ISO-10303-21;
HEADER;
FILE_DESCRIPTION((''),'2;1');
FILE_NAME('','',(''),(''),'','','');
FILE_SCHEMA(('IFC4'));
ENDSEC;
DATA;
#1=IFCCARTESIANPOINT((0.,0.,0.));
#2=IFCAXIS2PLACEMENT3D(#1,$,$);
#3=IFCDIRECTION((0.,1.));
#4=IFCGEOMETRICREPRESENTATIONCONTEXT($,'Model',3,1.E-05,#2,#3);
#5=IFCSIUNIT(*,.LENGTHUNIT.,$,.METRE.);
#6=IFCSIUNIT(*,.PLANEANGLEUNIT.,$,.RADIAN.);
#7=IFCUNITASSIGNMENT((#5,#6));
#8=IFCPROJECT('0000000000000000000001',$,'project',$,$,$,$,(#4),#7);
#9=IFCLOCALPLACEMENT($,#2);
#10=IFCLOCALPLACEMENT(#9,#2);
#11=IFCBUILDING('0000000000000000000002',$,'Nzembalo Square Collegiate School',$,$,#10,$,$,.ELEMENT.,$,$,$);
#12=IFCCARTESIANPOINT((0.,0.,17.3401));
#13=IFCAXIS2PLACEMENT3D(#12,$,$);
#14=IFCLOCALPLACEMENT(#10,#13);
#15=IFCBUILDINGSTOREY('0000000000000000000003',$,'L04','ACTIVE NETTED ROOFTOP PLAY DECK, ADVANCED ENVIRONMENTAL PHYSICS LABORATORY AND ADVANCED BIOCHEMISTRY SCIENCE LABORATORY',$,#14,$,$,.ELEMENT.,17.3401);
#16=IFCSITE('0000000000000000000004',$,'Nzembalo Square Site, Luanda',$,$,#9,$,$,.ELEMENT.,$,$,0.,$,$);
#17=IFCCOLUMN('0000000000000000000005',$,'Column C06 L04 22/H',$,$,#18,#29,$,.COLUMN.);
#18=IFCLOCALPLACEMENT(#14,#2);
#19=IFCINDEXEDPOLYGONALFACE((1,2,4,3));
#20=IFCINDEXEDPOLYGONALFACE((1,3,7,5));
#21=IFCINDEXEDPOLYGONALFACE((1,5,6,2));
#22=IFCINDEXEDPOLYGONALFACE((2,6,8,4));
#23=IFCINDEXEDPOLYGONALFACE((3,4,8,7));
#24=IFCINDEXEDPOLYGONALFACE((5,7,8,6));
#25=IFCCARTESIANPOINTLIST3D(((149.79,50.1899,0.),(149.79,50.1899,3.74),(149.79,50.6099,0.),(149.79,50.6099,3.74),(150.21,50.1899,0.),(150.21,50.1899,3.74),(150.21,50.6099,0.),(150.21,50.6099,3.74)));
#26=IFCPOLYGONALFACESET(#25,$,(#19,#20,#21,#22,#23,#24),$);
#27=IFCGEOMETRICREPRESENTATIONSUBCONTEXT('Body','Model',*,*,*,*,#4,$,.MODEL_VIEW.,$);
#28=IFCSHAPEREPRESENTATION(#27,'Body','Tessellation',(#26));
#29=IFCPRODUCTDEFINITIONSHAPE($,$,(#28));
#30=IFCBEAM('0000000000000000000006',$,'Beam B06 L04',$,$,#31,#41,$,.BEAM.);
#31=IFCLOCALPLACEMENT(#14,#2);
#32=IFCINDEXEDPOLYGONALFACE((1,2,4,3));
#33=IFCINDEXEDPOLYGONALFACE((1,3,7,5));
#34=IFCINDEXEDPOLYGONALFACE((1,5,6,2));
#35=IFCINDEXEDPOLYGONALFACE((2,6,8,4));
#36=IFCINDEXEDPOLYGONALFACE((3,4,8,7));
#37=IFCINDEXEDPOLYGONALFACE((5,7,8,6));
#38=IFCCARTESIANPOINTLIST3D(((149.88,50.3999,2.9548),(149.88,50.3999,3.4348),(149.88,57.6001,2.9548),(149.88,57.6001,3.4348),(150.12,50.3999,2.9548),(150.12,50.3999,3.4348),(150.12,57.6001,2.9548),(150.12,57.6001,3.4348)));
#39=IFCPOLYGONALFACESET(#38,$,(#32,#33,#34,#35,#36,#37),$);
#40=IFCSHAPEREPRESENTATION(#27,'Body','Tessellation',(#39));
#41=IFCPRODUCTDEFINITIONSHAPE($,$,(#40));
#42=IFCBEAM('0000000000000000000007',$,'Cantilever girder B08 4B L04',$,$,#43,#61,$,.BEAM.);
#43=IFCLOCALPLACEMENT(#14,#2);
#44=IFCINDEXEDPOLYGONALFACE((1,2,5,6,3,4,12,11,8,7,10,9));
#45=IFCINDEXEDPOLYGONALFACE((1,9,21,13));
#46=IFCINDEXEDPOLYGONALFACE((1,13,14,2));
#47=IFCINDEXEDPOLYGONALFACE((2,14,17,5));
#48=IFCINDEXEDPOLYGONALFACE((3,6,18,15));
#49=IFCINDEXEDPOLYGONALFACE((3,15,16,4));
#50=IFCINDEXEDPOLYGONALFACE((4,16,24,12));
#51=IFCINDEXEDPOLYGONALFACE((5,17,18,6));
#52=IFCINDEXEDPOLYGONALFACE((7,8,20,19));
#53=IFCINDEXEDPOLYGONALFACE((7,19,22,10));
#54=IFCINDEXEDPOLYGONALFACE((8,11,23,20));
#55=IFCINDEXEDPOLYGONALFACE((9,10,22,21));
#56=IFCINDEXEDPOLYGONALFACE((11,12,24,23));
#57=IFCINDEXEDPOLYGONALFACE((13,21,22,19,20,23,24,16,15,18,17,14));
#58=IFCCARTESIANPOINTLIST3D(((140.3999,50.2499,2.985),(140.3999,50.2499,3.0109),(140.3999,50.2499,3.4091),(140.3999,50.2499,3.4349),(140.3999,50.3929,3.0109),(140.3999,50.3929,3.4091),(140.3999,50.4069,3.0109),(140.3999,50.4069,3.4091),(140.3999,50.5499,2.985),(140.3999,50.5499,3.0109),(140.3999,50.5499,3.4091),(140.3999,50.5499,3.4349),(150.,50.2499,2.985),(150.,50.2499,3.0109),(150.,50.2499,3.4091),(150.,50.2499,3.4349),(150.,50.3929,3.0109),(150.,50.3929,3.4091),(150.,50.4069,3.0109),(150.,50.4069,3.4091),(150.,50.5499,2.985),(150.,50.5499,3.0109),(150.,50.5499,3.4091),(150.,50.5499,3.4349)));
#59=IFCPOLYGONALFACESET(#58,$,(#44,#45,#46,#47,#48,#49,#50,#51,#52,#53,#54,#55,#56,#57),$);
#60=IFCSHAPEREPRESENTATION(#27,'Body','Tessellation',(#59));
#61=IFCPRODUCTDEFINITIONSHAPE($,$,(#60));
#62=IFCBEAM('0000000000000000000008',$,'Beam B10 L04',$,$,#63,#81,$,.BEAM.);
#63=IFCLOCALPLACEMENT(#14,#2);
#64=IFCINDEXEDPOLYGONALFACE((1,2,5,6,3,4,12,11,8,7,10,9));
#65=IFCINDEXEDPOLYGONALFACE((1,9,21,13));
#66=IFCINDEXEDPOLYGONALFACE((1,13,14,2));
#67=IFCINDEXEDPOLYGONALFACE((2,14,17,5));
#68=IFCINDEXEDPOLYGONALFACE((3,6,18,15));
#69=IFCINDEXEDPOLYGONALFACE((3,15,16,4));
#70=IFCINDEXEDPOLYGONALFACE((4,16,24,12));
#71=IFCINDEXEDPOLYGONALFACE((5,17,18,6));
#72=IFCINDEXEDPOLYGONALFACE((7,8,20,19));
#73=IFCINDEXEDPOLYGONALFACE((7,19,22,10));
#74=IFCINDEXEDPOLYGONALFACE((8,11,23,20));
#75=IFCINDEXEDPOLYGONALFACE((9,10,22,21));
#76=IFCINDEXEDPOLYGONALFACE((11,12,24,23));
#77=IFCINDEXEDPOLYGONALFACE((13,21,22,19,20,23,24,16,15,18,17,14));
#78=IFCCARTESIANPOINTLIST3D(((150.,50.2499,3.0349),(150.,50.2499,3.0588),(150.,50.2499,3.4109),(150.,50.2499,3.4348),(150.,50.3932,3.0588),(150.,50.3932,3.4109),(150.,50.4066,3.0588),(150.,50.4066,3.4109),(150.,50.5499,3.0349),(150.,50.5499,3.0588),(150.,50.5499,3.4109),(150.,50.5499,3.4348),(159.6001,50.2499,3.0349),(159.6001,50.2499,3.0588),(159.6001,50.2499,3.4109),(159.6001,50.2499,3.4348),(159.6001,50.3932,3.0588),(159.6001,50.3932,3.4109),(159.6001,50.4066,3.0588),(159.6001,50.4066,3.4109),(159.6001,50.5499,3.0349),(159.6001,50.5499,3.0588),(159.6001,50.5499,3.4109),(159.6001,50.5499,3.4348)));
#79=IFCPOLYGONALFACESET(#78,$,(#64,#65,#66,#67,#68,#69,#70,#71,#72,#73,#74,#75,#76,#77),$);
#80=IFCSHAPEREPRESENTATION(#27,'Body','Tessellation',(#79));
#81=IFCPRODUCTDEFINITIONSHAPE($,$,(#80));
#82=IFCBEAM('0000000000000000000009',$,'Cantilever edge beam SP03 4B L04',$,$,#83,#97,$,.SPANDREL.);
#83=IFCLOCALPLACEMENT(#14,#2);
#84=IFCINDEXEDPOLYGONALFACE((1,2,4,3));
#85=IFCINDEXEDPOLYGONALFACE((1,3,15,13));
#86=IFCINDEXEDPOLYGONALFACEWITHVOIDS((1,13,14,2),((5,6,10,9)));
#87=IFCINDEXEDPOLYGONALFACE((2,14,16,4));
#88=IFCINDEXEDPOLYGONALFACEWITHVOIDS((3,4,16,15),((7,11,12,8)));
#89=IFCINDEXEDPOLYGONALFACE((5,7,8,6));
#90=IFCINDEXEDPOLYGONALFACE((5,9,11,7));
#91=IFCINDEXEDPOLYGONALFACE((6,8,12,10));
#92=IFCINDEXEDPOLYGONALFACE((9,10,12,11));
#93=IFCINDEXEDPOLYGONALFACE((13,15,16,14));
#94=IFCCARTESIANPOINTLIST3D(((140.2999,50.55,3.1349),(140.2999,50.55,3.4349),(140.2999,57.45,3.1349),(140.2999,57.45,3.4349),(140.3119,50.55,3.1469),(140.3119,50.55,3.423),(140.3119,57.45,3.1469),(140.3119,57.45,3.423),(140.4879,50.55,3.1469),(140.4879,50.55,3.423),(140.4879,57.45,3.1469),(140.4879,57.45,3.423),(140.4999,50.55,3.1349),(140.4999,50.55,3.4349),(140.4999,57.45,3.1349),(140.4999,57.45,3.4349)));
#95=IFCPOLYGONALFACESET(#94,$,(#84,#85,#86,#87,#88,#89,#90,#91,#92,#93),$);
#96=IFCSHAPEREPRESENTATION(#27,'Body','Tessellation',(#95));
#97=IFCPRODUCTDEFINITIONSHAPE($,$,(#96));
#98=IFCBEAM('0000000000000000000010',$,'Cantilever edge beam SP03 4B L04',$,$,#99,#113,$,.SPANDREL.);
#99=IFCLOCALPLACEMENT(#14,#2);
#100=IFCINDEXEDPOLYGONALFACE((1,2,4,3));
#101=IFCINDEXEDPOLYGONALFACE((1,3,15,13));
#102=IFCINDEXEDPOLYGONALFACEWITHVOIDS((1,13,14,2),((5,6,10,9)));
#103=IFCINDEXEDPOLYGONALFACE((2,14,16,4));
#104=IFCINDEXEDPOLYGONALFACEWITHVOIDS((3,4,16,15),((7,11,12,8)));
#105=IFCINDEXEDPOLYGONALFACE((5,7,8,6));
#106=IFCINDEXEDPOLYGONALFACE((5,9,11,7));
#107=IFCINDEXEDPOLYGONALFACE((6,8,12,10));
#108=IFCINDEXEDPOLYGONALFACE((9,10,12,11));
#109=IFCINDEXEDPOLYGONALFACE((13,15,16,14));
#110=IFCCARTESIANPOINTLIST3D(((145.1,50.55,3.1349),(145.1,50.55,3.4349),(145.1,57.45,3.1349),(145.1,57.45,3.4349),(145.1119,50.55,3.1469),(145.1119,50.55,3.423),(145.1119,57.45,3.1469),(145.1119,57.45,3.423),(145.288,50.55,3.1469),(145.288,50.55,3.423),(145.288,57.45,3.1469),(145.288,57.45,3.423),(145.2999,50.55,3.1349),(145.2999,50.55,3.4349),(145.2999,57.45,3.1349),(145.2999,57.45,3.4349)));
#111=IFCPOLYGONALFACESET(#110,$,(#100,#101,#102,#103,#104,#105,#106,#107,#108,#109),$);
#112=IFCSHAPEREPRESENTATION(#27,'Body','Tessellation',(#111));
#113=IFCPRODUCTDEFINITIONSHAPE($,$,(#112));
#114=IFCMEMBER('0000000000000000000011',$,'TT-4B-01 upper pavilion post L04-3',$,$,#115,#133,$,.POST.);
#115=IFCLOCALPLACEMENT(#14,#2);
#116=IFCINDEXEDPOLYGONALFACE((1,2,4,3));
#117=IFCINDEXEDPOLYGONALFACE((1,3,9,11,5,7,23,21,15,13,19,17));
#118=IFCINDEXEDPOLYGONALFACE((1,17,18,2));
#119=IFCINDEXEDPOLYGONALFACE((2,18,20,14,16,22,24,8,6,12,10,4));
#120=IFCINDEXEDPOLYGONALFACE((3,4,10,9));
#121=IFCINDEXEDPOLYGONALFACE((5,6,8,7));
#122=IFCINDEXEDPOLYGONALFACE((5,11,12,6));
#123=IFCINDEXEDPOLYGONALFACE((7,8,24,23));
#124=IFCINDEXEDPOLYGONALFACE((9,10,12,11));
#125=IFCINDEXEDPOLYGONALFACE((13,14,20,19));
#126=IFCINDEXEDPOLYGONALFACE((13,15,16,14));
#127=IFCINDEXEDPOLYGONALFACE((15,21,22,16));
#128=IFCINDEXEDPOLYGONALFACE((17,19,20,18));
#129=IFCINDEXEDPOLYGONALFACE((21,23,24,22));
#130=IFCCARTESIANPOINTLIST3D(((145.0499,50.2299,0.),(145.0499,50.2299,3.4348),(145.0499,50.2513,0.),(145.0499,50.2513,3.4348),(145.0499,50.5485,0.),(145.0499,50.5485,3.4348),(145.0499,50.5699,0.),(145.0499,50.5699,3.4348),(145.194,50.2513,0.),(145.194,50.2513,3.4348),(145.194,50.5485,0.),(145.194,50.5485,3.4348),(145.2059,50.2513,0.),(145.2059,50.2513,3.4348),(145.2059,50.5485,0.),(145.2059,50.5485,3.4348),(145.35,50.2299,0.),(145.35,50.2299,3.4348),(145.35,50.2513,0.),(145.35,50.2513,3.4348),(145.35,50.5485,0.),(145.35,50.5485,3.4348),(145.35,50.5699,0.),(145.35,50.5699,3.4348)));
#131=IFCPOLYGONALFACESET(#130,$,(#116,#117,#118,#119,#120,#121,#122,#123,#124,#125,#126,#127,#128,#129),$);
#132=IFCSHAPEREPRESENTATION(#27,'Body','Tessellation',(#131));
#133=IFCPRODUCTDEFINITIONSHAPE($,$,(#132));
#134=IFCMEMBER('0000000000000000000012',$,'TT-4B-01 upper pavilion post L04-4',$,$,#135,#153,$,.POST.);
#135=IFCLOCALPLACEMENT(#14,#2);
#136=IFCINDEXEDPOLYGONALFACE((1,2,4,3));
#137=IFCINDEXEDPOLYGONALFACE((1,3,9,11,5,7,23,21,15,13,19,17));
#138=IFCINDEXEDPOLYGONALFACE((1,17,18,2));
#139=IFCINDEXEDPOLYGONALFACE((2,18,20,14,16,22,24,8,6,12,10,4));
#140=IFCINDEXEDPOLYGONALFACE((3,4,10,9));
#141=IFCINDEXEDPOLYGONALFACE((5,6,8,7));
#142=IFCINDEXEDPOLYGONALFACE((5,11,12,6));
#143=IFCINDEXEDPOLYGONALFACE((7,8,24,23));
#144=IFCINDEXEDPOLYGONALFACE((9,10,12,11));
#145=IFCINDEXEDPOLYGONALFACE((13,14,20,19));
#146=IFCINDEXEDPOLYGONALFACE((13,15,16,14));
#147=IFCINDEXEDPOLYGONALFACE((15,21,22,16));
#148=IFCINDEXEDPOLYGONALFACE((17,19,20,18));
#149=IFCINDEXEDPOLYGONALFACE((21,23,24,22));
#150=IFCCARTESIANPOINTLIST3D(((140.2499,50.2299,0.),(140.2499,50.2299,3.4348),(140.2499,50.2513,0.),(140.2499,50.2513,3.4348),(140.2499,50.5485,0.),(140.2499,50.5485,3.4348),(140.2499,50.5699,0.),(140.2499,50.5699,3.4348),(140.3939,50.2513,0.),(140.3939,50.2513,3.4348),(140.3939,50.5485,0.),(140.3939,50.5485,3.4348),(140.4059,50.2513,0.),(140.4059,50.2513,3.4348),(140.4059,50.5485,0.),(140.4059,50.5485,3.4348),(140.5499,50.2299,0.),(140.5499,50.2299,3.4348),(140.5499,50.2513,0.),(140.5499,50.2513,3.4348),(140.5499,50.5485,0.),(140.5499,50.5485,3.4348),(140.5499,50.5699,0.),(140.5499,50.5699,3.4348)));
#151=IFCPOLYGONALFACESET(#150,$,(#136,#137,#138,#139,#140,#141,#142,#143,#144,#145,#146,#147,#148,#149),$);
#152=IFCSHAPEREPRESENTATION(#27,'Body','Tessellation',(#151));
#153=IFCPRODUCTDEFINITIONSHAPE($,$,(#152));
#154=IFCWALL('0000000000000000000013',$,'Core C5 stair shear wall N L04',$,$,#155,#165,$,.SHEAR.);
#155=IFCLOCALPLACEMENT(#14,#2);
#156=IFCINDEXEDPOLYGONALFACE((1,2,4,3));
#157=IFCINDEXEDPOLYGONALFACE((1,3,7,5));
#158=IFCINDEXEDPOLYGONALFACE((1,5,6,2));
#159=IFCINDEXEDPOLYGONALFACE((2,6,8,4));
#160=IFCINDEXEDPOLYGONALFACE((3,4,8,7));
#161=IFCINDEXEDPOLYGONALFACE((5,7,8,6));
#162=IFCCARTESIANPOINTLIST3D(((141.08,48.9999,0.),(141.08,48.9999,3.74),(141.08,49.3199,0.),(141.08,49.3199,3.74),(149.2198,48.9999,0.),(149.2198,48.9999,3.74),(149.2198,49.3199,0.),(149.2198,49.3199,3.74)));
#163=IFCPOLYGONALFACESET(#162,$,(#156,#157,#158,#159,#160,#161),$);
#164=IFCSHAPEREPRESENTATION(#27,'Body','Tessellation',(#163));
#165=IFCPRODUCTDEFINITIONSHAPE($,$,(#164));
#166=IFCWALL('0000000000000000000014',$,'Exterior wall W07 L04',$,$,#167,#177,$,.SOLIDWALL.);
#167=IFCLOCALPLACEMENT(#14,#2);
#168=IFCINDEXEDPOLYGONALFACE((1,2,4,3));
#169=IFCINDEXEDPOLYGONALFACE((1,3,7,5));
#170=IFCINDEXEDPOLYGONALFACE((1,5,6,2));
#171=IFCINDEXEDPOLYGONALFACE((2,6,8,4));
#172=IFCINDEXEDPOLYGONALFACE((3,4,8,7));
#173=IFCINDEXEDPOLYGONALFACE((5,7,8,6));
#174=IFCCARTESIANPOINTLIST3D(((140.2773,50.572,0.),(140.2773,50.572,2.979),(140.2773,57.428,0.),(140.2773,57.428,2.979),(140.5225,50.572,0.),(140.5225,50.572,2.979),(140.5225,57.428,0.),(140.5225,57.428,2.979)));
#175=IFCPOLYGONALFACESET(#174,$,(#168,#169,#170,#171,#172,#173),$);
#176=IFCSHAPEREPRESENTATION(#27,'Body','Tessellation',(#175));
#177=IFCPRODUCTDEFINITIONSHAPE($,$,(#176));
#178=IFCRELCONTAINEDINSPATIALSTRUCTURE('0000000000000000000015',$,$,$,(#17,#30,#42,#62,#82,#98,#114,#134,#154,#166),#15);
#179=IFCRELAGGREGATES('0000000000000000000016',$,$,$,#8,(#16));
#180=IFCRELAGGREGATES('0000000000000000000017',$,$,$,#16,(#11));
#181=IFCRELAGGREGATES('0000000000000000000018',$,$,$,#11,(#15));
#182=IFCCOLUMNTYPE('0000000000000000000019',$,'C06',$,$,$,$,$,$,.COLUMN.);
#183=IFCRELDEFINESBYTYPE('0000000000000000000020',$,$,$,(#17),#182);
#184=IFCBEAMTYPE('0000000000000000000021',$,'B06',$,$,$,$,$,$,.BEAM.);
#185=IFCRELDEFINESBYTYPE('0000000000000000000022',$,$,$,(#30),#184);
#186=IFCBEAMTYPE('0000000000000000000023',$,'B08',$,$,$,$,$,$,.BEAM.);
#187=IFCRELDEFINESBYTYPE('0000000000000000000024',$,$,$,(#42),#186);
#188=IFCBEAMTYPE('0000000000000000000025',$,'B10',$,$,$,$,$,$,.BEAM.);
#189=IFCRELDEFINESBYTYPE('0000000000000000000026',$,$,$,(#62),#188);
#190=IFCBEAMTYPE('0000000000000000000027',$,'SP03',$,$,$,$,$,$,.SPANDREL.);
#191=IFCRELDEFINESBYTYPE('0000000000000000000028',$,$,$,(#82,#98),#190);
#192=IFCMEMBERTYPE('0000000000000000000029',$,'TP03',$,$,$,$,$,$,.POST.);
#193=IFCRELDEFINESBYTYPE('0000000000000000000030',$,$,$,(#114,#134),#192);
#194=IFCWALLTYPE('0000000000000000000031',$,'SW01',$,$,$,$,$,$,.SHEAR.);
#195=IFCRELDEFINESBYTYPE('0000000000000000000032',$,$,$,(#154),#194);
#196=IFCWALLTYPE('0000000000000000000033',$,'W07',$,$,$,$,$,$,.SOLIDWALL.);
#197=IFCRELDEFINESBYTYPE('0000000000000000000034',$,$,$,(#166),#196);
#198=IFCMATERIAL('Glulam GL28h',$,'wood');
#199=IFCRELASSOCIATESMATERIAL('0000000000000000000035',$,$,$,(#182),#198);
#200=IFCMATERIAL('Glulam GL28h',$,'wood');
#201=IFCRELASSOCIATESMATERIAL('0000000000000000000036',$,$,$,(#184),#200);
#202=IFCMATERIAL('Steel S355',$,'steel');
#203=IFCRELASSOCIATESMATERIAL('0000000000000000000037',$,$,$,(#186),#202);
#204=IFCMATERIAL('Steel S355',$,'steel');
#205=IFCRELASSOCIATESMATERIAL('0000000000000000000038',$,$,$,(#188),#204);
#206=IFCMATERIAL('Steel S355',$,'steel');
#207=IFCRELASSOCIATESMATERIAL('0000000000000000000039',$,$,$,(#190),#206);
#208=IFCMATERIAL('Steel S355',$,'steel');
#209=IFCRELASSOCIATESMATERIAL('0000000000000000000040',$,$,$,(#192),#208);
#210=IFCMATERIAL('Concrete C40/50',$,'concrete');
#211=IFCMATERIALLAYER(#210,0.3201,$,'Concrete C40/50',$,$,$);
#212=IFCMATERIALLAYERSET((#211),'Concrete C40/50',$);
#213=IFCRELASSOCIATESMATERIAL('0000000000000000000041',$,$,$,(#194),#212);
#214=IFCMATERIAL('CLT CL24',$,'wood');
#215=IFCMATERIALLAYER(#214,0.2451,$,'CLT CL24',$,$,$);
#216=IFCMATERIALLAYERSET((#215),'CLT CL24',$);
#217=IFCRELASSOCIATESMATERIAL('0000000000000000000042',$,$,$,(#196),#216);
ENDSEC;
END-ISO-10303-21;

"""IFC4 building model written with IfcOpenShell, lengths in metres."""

from ifc_helpers import new_model, si_unit, direction, frame, frame_2d, origin, origin_2d, place, context, subcontext, project, spatial, rectangle, hollow_rectangle, i_section, extrude, material, layer, layer_set, material_profile, profile_set, type_object, element, save


model = new_model("IFC4")

# Units and contexts
model_context = context("Model", 3, precision=1e-05, world=origin(), true_north=direction((0.0, 1.0)))
body_context = subcontext(model_context, "Body", "Model", "MODEL_VIEW")
ifc_project = project(units=[si_unit("LENGTHUNIT", "METRE"), si_unit("PLANEANGLEUNIT", "RADIAN")], contexts=[model_context])

# Site, building, storey
site_placement = place(None, origin())
site = spatial("IfcSite", under=ifc_project, at=site_placement, Name="Nzembalo Square Site, Luanda", CompositionType="ELEMENT", RefElevation=0.0)
building_placement = place(site_placement, origin())
building = spatial("IfcBuilding", under=site, at=building_placement, Name="Nzembalo Square Collegiate School", CompositionType="ELEMENT")
storey_placement = place(building_placement, frame((0.0, 0.0, 17.3401)))
storey = spatial("IfcBuildingStorey", under=building, at=storey_placement, Name="L04", Description="ACTIVE NETTED ROOFTOP PLAY DECK, ADVANCED ENVIRONMENTAL PHYSICS LABORATORY AND ADVANCED BIOCHEMISTRY SCIENCE LABORATORY", CompositionType="ELEMENT", Elevation=17.3401)

# Column
ifc_material_1 = material(Name="Glulam GL28h", Category="wood")
ifc_material_profile_1 = material_profile(ifc_material_1, rectangle(XDim=0.4199, YDim=0.4199, at=origin_2d()), Name="GL28h 420x420")
ifc_profile_set_1 = profile_set([ifc_material_profile_1], Name="Glulam GL28h")
column_type = type_object("IfcColumnType", Name="C06", PredefinedType="COLUMN", material=ifc_profile_set_1)
column_placement = place(storey_placement, frame((150.0, 50.3999, 0.0), z_axis=(0.0, 0.0, 1.0), x_axis=(1.0, 0.0, 0.0)))
element("IfcColumn", 1, at=column_placement, inside=storey, type_object=column_type, Name="Column C06 L04 22/H", PredefinedType="COLUMN", context=body_context, shape_type="SweptSolid", body=[
    extrude(rectangle(XDim=0.4199, YDim=0.4199, at=origin_2d()), origin(), (0.0, 0.0, 1.0), 3.74),
])

# Beams
ifc_material_2 = material(Name="Glulam GL28h", Category="wood")
ifc_material_profile_2 = material_profile(ifc_material_2, rectangle(XDim=0.24, YDim=0.48, at=origin_2d()), Name="GL28h 240x480")
ifc_profile_set_2 = profile_set([ifc_material_profile_2], Name="Glulam GL28h")
beam_type_1 = type_object("IfcBeamType", Name="B06", PredefinedType="BEAM", material=ifc_profile_set_2)
beam_1_placement = place(storey_placement, frame((150.0, 50.3999, 3.1948), z_axis=(0.0, 1.0, 0.0), x_axis=(-1.0, 0.0, 0.0)))
element("IfcBeam", 2, at=beam_1_placement, inside=storey, type_object=beam_type_1, Name="Beam B06 L04", PredefinedType="BEAM", context=body_context, shape_type="SweptSolid", body=[
    extrude(rectangle(XDim=0.24, YDim=0.48, at=origin_2d()), origin(), (0.0, 0.0, 1.0), 7.2002),
])
ifc_material_3 = material(Name="Steel S355", Category="steel")
ifc_material_profile_3 = material_profile(ifc_material_3, i_section(OverallWidth=0.3, OverallDepth=0.45, WebThickness=0.0139, FlangeThickness=0.0259, at=origin_2d()), Name="HEB 450")
ifc_profile_set_3 = profile_set([ifc_material_profile_3], Name="Steel S355")
beam_type_2 = type_object("IfcBeamType", Name="B08", PredefinedType="BEAM", material=ifc_profile_set_3)
beam_2_placement = place(storey_placement, frame((150.0, 50.3999, 3.21), z_axis=(-1.0, 0.0, 0.0), x_axis=(0.0, -1.0, 0.0)))
element("IfcBeam", 3, at=beam_2_placement, inside=storey, type_object=beam_type_2, Name="Cantilever girder B08 4B L04", PredefinedType="BEAM", context=body_context, shape_type="SweptSolid", body=[
    extrude(i_section(OverallWidth=0.3, OverallDepth=0.45, WebThickness=0.0139, FlangeThickness=0.0259, at=origin_2d()), origin(), (0.0, 0.0, 1.0), 9.6001),
])
ifc_material_4 = material(Name="Steel S355", Category="steel")
ifc_material_profile_4 = material_profile(ifc_material_4, i_section(OverallWidth=0.3, OverallDepth=0.3999, WebThickness=0.0134, FlangeThickness=0.0239, at=origin_2d()), Name="HEB 400")
ifc_profile_set_4 = profile_set([ifc_material_profile_4], Name="Steel S355")
beam_type_3 = type_object("IfcBeamType", Name="B10", PredefinedType="BEAM", material=ifc_profile_set_4)
beam_3_placement = place(storey_placement, frame((150.0, 50.3999, 3.2349), z_axis=(1.0, 0.0, 0.0), x_axis=(0.0, 1.0, 0.0)))
element("IfcBeam", 4, at=beam_3_placement, inside=storey, type_object=beam_type_3, Name="Beam B10 L04", PredefinedType="BEAM", context=body_context, shape_type="SweptSolid", body=[
    extrude(i_section(OverallWidth=0.3, OverallDepth=0.3999, WebThickness=0.0134, FlangeThickness=0.0239, at=origin_2d()), origin(), (0.0, 0.0, 1.0), 9.6001),
])
ifc_material_5 = material(Name="Steel S355", Category="steel")
ifc_material_profile_5 = material_profile(ifc_material_5, hollow_rectangle(XDim=0.2, YDim=0.3, WallThickness=0.012, at=origin_2d()), Name="RHS 300x200x12")
ifc_profile_set_5 = profile_set([ifc_material_profile_5], Name="Steel S355")
beam_type_4 = type_object("IfcBeamType", Name="SP03", PredefinedType="SPANDREL", material=ifc_profile_set_5)
for number, where, z_axis, x_axis, name in (
    (5, (140.3999, 50.55, 3.2849), (0.0, 1.0, 0.0), (-1.0, 0.0, 0.0), "Cantilever edge beam SP03 4B L04"),
    (6, (145.2, 50.55, 3.2849), (0.0, 1.0, 0.0), (-1.0, 0.0, 0.0), "Cantilever edge beam SP03 4B L04"),
):
    element("IfcBeam", number, at=place(storey_placement, frame(where, z_axis=z_axis, x_axis=x_axis)), inside=storey, type_object=beam_type_4, Name=name, PredefinedType="SPANDREL", context=body_context, shape_type="SweptSolid", body=[
        extrude(hollow_rectangle(XDim=0.2, YDim=0.3, WallThickness=0.012, at=origin_2d()), origin(), (0.0, 0.0, 1.0), 6.8999),
    ])

# Members
ifc_material_6 = material(Name="Steel S355", Category="steel")
ifc_material_profile_6 = material_profile(ifc_material_6, i_section(OverallWidth=0.3, OverallDepth=0.3401, WebThickness=0.012, FlangeThickness=0.0215, at=origin_2d()), Name="HEB 340")
ifc_profile_set_6 = profile_set([ifc_material_profile_6], Name="Steel S355")
member_type = type_object("IfcMemberType", Name="TP03", PredefinedType="POST", material=ifc_profile_set_6)
for number, where, z_axis, x_axis, name in (
    (7, (145.2, 50.3999, 0.0), (0.0, 0.0, 1.0), (1.0, 0.0, 0.0), "TT-4B-01 upper pavilion post L04-3"),
    (8, (140.3999, 50.3999, 0.0), (0.0, 0.0, 1.0), (1.0, 0.0, 0.0), "TT-4B-01 upper pavilion post L04-4"),
):
    element("IfcMember", number, at=place(storey_placement, frame(where, z_axis=z_axis, x_axis=x_axis)), inside=storey, type_object=member_type, Name=name, PredefinedType="POST", context=body_context, shape_type="SweptSolid", body=[
        extrude(i_section(OverallWidth=0.3, OverallDepth=0.3401, WebThickness=0.012, FlangeThickness=0.0215, at=origin_2d()), origin(), (0.0, 0.0, 1.0), 3.4348),
    ])

# Walls
ifc_material_7 = material(Name="Concrete C40/50", Category="concrete")
ifc_layer_1 = layer(ifc_material_7, 0.3201, Name="Concrete C40/50")
ifc_layer_set_1 = layer_set([ifc_layer_1], Name="Concrete C40/50")
wall_type_1 = type_object("IfcWallType", Name="SW01", PredefinedType="SHEAR", material=ifc_layer_set_1)
wall_1_placement = place(storey_placement, frame((141.0801, 49.1599, 0.0), z_axis=(0.0, 0.0, 1.0), x_axis=(1.0, 0.0, 0.0)))
element("IfcWall", 9, at=wall_1_placement, inside=storey, type_object=wall_type_1, Name="Core C5 stair shear wall N L04", PredefinedType="SHEAR", context=body_context, shape_type="SweptSolid", body=[
    extrude(rectangle(XDim=8.1399, YDim=0.3201, at=frame_2d((4.0698, 0.0))), origin(), (0.0, 0.0, 1.0), 3.74),
])
ifc_material_8 = material(Name="CLT CL24", Category="wood")
ifc_layer_2 = layer(ifc_material_8, 0.2451, Name="CLT CL24")
ifc_layer_set_2 = layer_set([ifc_layer_2], Name="CLT CL24")
wall_type_2 = type_object("IfcWallType", Name="W07", PredefinedType="SOLIDWALL", material=ifc_layer_set_2)
wall_2_placement = place(storey_placement, frame((140.3999, 50.572, 0.0), z_axis=(0.0, 0.0, 1.0), x_axis=(0.0, 1.0, 0.0)))
element("IfcWall", 10, at=wall_2_placement, inside=storey, type_object=wall_type_2, Name="Exterior wall W07 L04", PredefinedType="SOLIDWALL", context=body_context, shape_type="SweptSolid", body=[
    extrude(rectangle(XDim=6.856, YDim=0.2451, at=frame_2d((3.428, 0.0))), origin(), (0.0, 0.0, 1.0), 2.979),
])

save(model, "model.ifc")
